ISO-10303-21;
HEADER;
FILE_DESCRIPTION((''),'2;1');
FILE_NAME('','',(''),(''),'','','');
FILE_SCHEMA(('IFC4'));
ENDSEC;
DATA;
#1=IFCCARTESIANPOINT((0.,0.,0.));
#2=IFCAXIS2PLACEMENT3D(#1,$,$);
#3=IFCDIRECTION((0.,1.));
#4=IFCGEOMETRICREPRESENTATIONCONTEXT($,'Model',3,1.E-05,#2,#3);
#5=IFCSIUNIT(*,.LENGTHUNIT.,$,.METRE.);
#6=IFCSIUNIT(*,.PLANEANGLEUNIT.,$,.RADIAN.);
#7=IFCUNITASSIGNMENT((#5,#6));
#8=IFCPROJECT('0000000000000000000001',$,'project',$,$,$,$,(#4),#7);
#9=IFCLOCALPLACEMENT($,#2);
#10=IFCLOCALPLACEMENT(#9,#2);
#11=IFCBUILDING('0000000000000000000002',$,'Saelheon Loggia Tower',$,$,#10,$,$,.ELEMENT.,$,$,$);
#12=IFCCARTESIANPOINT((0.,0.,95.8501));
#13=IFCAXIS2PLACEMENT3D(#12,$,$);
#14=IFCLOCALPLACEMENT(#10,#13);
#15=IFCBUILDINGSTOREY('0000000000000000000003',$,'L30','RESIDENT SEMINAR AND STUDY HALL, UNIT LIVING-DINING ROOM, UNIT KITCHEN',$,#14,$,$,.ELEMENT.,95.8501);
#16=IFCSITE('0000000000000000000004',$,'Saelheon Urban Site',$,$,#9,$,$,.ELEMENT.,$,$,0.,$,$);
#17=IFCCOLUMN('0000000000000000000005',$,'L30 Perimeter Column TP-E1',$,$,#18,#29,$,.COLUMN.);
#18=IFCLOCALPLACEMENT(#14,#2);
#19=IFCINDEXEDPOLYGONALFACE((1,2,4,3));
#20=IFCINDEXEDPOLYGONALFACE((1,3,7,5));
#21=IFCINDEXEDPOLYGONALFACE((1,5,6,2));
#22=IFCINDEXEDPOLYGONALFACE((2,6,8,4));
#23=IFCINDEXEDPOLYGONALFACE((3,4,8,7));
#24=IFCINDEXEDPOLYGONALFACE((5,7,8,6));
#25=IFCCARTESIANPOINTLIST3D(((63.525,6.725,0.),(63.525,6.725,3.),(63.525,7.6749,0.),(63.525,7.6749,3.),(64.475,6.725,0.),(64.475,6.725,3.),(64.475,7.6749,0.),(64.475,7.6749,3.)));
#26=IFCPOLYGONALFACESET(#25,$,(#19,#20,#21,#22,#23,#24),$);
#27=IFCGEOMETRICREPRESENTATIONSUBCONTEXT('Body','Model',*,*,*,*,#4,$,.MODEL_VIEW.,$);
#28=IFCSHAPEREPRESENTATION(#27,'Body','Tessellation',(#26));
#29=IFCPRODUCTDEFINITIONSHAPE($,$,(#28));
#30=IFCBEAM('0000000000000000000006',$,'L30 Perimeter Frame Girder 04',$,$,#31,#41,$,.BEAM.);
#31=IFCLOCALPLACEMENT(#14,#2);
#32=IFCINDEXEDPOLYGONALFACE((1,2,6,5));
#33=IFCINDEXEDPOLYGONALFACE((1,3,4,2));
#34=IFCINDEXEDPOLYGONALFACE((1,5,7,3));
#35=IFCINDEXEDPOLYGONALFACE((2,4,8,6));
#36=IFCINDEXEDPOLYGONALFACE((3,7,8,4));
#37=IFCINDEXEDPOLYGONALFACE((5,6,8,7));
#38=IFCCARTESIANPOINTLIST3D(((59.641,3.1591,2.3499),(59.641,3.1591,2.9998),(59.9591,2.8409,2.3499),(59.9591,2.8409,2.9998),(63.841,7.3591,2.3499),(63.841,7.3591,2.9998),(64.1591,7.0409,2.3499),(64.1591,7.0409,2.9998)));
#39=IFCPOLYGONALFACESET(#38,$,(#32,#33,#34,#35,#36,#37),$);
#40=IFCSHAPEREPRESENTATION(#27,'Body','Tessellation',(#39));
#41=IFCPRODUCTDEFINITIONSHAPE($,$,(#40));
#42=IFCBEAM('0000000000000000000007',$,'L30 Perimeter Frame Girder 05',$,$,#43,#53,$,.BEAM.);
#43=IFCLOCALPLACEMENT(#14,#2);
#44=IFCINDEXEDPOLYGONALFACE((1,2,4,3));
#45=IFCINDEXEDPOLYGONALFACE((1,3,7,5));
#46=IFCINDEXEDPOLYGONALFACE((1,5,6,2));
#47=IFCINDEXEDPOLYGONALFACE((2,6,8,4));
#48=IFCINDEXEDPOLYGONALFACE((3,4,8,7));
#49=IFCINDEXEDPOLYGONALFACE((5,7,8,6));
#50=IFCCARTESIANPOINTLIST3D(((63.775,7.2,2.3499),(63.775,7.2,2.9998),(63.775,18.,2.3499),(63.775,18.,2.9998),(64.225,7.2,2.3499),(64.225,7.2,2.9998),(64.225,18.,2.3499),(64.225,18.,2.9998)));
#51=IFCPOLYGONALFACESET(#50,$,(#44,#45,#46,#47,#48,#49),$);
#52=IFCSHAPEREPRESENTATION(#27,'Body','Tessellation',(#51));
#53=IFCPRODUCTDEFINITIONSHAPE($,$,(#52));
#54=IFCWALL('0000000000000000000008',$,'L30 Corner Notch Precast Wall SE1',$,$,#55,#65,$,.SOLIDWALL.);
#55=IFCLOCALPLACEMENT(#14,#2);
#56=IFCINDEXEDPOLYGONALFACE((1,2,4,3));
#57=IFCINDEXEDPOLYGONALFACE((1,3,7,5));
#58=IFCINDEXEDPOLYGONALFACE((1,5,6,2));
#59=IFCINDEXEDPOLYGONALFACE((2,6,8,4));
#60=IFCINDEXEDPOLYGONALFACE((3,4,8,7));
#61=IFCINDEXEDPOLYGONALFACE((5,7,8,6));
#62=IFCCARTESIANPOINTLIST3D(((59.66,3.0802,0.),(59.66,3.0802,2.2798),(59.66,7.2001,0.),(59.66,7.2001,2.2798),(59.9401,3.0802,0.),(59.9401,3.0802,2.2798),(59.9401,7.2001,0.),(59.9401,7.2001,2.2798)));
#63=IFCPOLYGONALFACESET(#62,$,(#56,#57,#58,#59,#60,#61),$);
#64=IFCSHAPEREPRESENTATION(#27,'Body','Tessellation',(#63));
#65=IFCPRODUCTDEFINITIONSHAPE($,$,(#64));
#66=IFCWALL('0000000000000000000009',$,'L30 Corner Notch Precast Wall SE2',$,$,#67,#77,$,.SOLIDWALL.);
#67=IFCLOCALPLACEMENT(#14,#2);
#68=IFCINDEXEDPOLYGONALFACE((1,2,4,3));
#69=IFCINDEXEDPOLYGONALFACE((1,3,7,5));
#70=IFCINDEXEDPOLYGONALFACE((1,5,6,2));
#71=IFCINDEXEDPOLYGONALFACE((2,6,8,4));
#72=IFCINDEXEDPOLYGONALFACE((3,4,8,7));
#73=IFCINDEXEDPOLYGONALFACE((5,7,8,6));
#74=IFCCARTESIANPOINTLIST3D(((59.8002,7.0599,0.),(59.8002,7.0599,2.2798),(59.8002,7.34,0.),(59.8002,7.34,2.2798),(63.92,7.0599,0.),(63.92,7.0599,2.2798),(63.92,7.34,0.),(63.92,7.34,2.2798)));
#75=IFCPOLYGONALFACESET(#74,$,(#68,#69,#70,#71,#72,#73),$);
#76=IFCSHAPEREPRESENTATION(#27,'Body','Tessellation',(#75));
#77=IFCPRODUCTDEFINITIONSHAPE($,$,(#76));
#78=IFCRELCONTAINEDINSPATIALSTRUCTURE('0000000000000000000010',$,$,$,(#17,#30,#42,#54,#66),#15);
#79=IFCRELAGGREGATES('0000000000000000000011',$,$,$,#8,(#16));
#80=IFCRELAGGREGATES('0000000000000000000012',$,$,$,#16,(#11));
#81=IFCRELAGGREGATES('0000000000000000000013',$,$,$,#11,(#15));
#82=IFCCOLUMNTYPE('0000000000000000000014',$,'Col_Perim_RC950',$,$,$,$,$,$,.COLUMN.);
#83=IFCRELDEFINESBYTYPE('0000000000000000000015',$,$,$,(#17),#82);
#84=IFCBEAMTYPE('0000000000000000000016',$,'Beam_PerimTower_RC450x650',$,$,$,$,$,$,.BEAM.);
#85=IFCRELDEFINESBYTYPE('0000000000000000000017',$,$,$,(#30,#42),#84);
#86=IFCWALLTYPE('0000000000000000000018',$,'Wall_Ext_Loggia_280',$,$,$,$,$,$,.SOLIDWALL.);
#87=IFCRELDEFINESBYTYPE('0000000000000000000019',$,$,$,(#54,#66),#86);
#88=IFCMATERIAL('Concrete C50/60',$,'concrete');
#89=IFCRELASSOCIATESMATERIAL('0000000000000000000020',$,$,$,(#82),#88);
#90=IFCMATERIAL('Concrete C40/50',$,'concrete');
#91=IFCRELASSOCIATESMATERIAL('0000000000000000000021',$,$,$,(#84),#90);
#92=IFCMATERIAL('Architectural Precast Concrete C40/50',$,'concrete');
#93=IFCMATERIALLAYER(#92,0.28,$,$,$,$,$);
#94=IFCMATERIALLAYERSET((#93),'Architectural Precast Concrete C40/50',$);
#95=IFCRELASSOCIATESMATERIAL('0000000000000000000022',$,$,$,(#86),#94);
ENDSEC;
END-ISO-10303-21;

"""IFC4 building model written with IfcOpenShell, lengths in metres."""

from ifc_helpers import new_model, si_unit, direction, frame, frame_2d, origin, origin_2d, place, context, subcontext, project, spatial, rectangle, extrude, source, transform, mapped, material, layer, layer_set, material_profile, profile_set, type_object, element, save


model = new_model("IFC4")

# Units and contexts
model_context = context("Model", 3, precision=1e-05, world=origin(), true_north=direction((0.0, 1.0)))
body_context = subcontext(model_context, "Body", "Model", "MODEL_VIEW")
ifc_project = project(units=[si_unit("LENGTHUNIT", "METRE"), si_unit("PLANEANGLEUNIT", "RADIAN")], contexts=[model_context])

# Site, building, storey
site_placement = place(None, origin())
site = spatial("IfcSite", under=ifc_project, at=site_placement, Name="Saelheon Urban Site", CompositionType="ELEMENT", RefElevation=0.0)
building_placement = place(site_placement, origin())
building = spatial("IfcBuilding", under=site, at=building_placement, Name="Saelheon Loggia Tower", CompositionType="ELEMENT")
storey_placement = place(building_placement, frame((0.0, 0.0, 95.8501)))
storey = spatial("IfcBuildingStorey", under=building, at=storey_placement, Name="L30", Description="RESIDENT SEMINAR AND STUDY HALL, UNIT LIVING-DINING ROOM, UNIT KITCHEN", CompositionType="ELEMENT", Elevation=95.8501)

# Column
ifc_material_1 = material(Name="Concrete C50/60", Category="concrete")
ifc_material_profile_1 = material_profile(ifc_material_1, rectangle(XDim=0.95, YDim=0.95, at=origin_2d()), Name="RC-950x950")
ifc_profile_set_1 = profile_set([ifc_material_profile_1], Name="Concrete C50/60")
column_type = type_object("IfcColumnType", Name="Col_Perim_RC950", PredefinedType="COLUMN", material=ifc_profile_set_1)
shared_shape_1 = source(origin(), body_context, "Body", "SweptSolid", [
    extrude(rectangle(XDim=0.95, YDim=0.95, at=origin_2d()), origin(), (0.0, 0.0, 1.0), 3.0),
])
column_placement = place(storey_placement, frame((64.0, 7.2, 0.0), z_axis=(0.0, 0.0, 1.0), x_axis=(1.0, 0.0, 0.0)))
element("IfcColumn", 1, at=column_placement, inside=storey, type_object=column_type, Name="L30 Perimeter Column TP-E1", PredefinedType="COLUMN", context=body_context, shape_type="MappedRepresentation", body=[
    mapped(shared_shape_1, transform((0.0, 0.0, 0.0), scale=1.0)),
])

# Beams
ifc_material_2 = material(Name="Concrete C40/50", Category="concrete")
ifc_material_profile_2 = material_profile(ifc_material_2, rectangle(XDim=0.45, YDim=0.6499, at=origin_2d()), Name="RC-450x650")
ifc_profile_set_2 = profile_set([ifc_material_profile_2], Name="Concrete C40/50")
beam_type = type_object("IfcBeamType", Name="Beam_PerimTower_RC450x650", PredefinedType="BEAM", material=ifc_profile_set_2)
shared_shape_2 = source(origin(), body_context, "Body", "SweptSolid", [
    extrude(rectangle(XDim=0.45, YDim=0.6499, at=origin_2d()), origin(), (0.0, 0.0, 1.0), 5.9397),
])
beam_1_placement = place(storey_placement, frame((59.8, 3.0, 2.6748), z_axis=(0.707107, 0.707107, 0.0), x_axis=(-0.707107, 0.707107, 0.0)))
element("IfcBeam", 2, at=beam_1_placement, inside=storey, type_object=beam_type, Name="L30 Perimeter Frame Girder 04", PredefinedType="BEAM", context=body_context, shape_type="MappedRepresentation", body=[
    mapped(shared_shape_2, transform((0.0, 0.0, 0.0), scale=1.0)),
])
shared_shape_3 = source(origin(), body_context, "Body", "SweptSolid", [
    extrude(rectangle(XDim=0.45, YDim=0.6499, at=origin_2d()), origin(), (0.0, 0.0, 1.0), 10.8),
])
beam_2_placement = place(storey_placement, frame((64.0, 7.2, 2.6748), z_axis=(0.0, 1.0, 0.0), x_axis=(-1.0, 0.0, 0.0)))
element("IfcBeam", 3, at=beam_2_placement, inside=storey, type_object=beam_type, Name="L30 Perimeter Frame Girder 05", PredefinedType="BEAM", context=body_context, shape_type="MappedRepresentation", body=[
    mapped(shared_shape_3, transform((0.0, 0.0, 0.0), scale=1.0)),
])

# Shared definitions
ifc_material_3 = material(Name="Architectural Precast Concrete C40/50", Category="concrete")
ifc_layer = layer(ifc_material_3, 0.28)
ifc_layer_set = layer_set([ifc_layer], Name="Architectural Precast Concrete C40/50")
wall_type = type_object("IfcWallType", Name="Wall_Ext_Loggia_280", PredefinedType="SOLIDWALL", material=ifc_layer_set)

# Walls
for number, where, z_axis, x_axis, name in (
    (4, (59.8, 3.0801, 0.0), (0.0, 0.0, 1.0), (0.0, 1.0, 0.0), "L30 Corner Notch Precast Wall SE1"),
    (5, (59.8, 7.2, 0.0), (0.0, 0.0, 1.0), (1.0, 0.0, 0.0), "L30 Corner Notch Precast Wall SE2"),
):
    element("IfcWall", number, at=place(storey_placement, frame(where, z_axis=z_axis, x_axis=x_axis)), inside=storey, type_object=wall_type, Name=name, PredefinedType="SOLIDWALL", context=body_context, shape_type="SweptSolid", body=[
        extrude(rectangle(XDim=4.1199, YDim=0.28, at=frame_2d((2.0601, 0.0))), origin(), (0.0, 0.0, 1.0), 2.2798),
    ])

save(model, "model.ifc")
